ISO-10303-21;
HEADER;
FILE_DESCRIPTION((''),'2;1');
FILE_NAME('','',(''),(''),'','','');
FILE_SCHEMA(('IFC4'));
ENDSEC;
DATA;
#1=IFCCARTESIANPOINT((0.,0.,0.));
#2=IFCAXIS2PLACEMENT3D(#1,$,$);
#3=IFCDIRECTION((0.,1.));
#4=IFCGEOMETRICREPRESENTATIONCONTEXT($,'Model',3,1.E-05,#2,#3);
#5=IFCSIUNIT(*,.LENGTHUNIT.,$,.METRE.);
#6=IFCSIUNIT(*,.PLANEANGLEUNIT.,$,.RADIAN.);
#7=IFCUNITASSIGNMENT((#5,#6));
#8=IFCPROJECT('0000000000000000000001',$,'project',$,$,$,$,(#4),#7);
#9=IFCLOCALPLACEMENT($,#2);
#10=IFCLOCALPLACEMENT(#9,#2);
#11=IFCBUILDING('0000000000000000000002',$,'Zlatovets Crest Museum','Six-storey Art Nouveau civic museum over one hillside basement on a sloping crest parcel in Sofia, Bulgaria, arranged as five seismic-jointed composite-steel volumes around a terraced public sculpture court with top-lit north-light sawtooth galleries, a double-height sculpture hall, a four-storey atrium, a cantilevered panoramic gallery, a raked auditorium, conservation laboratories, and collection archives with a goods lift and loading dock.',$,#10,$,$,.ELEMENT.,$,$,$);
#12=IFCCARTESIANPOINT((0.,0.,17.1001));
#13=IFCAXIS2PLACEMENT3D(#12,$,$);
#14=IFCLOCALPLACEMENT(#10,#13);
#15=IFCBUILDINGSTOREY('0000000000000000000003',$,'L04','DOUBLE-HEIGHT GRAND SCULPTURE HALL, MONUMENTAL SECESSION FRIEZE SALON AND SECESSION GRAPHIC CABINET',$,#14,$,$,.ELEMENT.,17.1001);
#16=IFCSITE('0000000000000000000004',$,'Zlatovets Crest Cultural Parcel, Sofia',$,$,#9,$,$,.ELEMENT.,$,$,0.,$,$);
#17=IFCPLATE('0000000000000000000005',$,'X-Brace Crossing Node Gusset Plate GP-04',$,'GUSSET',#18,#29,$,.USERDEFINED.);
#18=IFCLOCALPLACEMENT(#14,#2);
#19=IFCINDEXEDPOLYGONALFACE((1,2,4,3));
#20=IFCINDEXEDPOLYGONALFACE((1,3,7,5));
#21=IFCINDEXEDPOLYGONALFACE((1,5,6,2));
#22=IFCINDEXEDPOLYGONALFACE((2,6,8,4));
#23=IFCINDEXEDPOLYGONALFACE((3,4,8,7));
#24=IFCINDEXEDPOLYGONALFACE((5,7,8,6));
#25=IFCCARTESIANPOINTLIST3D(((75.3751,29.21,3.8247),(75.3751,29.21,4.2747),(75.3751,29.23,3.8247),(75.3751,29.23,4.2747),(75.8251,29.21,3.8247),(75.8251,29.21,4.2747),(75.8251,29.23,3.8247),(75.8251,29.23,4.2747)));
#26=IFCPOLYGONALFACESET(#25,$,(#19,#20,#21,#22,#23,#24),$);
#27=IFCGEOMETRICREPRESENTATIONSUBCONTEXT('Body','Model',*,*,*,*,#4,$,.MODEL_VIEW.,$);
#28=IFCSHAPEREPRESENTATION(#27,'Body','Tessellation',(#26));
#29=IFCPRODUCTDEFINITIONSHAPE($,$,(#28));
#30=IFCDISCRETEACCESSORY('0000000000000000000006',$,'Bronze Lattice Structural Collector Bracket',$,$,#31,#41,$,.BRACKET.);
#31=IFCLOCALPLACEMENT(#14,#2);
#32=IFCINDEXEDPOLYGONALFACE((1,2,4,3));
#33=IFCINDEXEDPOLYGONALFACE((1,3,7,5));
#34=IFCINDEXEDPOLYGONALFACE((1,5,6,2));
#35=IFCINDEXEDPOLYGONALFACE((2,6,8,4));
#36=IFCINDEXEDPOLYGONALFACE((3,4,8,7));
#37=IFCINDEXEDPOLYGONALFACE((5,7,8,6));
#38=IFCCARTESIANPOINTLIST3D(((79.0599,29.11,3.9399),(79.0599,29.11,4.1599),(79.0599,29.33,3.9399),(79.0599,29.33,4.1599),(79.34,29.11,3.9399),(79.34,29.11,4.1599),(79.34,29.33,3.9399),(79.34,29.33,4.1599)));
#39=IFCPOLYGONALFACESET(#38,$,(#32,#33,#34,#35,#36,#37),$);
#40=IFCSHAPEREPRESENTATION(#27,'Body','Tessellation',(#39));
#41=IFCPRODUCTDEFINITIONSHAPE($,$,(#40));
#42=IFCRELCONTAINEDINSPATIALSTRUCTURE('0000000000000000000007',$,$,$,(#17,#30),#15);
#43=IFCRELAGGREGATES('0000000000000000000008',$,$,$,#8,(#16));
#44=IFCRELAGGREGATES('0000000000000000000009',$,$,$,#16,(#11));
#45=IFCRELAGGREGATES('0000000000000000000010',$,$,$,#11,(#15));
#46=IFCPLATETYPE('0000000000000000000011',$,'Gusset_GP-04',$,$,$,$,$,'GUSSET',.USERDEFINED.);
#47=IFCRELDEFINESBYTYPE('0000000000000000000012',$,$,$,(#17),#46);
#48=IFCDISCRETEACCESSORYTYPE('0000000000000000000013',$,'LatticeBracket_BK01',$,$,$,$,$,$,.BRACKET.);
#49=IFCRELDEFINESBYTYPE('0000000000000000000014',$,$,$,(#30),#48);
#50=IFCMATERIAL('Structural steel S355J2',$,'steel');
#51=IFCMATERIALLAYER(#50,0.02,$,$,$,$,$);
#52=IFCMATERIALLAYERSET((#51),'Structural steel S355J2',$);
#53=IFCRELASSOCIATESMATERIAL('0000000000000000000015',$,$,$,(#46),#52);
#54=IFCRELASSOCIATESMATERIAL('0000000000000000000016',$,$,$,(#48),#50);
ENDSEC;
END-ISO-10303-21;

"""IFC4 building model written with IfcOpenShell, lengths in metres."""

from ifc_helpers import new_model, si_unit, direction, frame, origin, origin_2d, place, context, subcontext, project, spatial, rectangle, extrude, material, layer, layer_set, type_object, element, save


model = new_model("IFC4")

# Units and contexts
model_context = context("Model", 3, precision=1e-05, world=origin(), true_north=direction((0.0, 1.0)))
body_context = subcontext(model_context, "Body", "Model", "MODEL_VIEW")
ifc_project = project(units=[si_unit("LENGTHUNIT", "METRE"), si_unit("PLANEANGLEUNIT", "RADIAN")], contexts=[model_context])

# Site, building, storey
site_placement = place(None, origin())
site = spatial("IfcSite", under=ifc_project, at=site_placement, Name="Zlatovets Crest Cultural Parcel, Sofia", CompositionType="ELEMENT", RefElevation=0.0)
building_placement = place(site_placement, origin())
building = spatial("IfcBuilding", under=site, at=building_placement, Name="Zlatovets Crest Museum", Description="Six-storey Art Nouveau civic museum over one hillside basement on a sloping crest parcel in Sofia, Bulgaria, arranged as five seismic-jointed composite-steel volumes around a terraced public sculpture court with top-lit north-light sawtooth galleries, a double-height sculpture hall, a four-storey atrium, a cantilevered panoramic gallery, a raked auditorium, conservation laboratories, and collection archives with a goods lift and loading dock.", CompositionType="ELEMENT")
storey_placement = place(building_placement, frame((0.0, 0.0, 17.1001)))
storey = spatial("IfcBuildingStorey", under=building, at=storey_placement, Name="L04", Description="DOUBLE-HEIGHT GRAND SCULPTURE HALL, MONUMENTAL SECESSION FRIEZE SALON AND SECESSION GRAPHIC CABINET", CompositionType="ELEMENT", Elevation=17.1001)

# Shared definitions
ifc_material_1 = material(Name="Structural steel S355J2", Category="steel")

# Plate
ifc_layer_1 = layer(ifc_material_1, 0.02)
ifc_layer_set_1 = layer_set([ifc_layer_1], Name="Structural steel S355J2")
plate_type_1 = type_object("IfcPlateType", Name="Gusset_GP-04", ElementType="GUSSET", PredefinedType="USERDEFINED", material=ifc_layer_set_1)
plate_1_placement = place(storey_placement, frame((75.6001, 29.22, 3.8247), z_axis=(0.0, 0.0, 1.0), x_axis=(1.0, 0.0, 0.0)))
element("IfcPlate", 1, at=plate_1_placement, inside=storey, type_object=plate_type_1, Name="X-Brace Crossing Node Gusset Plate GP-04", ObjectType="GUSSET", PredefinedType="USERDEFINED", context=body_context, shape_type="SweptSolid", body=[
    extrude(rectangle(XDim=0.45, YDim=0.02, at=origin_2d()), origin(), (0.0, 0.0, 1.0), 0.45),
])

# Discrete accessory
discrete_accessory_type = type_object("IfcDiscreteAccessoryType", Name="LatticeBracket_BK01", PredefinedType="BRACKET", material=ifc_material_1)
discrete_accessory_placement = place(storey_placement, frame((79.2, 29.22, 3.9399), z_axis=(0.0, 0.0, 1.0), x_axis=(1.0, 0.0, 0.0)))
element("IfcDiscreteAccessory", 2, at=discrete_accessory_placement, inside=storey, type_object=discrete_accessory_type, Name="Bronze Lattice Structural Collector Bracket", PredefinedType="BRACKET", context=body_context, shape_type="SweptSolid", body=[
    extrude(rectangle(XDim=0.28, YDim=0.22, at=origin_2d()), origin(), (0.0, 0.0, 1.0), 0.22),
])

save(model, "model.ifc")
